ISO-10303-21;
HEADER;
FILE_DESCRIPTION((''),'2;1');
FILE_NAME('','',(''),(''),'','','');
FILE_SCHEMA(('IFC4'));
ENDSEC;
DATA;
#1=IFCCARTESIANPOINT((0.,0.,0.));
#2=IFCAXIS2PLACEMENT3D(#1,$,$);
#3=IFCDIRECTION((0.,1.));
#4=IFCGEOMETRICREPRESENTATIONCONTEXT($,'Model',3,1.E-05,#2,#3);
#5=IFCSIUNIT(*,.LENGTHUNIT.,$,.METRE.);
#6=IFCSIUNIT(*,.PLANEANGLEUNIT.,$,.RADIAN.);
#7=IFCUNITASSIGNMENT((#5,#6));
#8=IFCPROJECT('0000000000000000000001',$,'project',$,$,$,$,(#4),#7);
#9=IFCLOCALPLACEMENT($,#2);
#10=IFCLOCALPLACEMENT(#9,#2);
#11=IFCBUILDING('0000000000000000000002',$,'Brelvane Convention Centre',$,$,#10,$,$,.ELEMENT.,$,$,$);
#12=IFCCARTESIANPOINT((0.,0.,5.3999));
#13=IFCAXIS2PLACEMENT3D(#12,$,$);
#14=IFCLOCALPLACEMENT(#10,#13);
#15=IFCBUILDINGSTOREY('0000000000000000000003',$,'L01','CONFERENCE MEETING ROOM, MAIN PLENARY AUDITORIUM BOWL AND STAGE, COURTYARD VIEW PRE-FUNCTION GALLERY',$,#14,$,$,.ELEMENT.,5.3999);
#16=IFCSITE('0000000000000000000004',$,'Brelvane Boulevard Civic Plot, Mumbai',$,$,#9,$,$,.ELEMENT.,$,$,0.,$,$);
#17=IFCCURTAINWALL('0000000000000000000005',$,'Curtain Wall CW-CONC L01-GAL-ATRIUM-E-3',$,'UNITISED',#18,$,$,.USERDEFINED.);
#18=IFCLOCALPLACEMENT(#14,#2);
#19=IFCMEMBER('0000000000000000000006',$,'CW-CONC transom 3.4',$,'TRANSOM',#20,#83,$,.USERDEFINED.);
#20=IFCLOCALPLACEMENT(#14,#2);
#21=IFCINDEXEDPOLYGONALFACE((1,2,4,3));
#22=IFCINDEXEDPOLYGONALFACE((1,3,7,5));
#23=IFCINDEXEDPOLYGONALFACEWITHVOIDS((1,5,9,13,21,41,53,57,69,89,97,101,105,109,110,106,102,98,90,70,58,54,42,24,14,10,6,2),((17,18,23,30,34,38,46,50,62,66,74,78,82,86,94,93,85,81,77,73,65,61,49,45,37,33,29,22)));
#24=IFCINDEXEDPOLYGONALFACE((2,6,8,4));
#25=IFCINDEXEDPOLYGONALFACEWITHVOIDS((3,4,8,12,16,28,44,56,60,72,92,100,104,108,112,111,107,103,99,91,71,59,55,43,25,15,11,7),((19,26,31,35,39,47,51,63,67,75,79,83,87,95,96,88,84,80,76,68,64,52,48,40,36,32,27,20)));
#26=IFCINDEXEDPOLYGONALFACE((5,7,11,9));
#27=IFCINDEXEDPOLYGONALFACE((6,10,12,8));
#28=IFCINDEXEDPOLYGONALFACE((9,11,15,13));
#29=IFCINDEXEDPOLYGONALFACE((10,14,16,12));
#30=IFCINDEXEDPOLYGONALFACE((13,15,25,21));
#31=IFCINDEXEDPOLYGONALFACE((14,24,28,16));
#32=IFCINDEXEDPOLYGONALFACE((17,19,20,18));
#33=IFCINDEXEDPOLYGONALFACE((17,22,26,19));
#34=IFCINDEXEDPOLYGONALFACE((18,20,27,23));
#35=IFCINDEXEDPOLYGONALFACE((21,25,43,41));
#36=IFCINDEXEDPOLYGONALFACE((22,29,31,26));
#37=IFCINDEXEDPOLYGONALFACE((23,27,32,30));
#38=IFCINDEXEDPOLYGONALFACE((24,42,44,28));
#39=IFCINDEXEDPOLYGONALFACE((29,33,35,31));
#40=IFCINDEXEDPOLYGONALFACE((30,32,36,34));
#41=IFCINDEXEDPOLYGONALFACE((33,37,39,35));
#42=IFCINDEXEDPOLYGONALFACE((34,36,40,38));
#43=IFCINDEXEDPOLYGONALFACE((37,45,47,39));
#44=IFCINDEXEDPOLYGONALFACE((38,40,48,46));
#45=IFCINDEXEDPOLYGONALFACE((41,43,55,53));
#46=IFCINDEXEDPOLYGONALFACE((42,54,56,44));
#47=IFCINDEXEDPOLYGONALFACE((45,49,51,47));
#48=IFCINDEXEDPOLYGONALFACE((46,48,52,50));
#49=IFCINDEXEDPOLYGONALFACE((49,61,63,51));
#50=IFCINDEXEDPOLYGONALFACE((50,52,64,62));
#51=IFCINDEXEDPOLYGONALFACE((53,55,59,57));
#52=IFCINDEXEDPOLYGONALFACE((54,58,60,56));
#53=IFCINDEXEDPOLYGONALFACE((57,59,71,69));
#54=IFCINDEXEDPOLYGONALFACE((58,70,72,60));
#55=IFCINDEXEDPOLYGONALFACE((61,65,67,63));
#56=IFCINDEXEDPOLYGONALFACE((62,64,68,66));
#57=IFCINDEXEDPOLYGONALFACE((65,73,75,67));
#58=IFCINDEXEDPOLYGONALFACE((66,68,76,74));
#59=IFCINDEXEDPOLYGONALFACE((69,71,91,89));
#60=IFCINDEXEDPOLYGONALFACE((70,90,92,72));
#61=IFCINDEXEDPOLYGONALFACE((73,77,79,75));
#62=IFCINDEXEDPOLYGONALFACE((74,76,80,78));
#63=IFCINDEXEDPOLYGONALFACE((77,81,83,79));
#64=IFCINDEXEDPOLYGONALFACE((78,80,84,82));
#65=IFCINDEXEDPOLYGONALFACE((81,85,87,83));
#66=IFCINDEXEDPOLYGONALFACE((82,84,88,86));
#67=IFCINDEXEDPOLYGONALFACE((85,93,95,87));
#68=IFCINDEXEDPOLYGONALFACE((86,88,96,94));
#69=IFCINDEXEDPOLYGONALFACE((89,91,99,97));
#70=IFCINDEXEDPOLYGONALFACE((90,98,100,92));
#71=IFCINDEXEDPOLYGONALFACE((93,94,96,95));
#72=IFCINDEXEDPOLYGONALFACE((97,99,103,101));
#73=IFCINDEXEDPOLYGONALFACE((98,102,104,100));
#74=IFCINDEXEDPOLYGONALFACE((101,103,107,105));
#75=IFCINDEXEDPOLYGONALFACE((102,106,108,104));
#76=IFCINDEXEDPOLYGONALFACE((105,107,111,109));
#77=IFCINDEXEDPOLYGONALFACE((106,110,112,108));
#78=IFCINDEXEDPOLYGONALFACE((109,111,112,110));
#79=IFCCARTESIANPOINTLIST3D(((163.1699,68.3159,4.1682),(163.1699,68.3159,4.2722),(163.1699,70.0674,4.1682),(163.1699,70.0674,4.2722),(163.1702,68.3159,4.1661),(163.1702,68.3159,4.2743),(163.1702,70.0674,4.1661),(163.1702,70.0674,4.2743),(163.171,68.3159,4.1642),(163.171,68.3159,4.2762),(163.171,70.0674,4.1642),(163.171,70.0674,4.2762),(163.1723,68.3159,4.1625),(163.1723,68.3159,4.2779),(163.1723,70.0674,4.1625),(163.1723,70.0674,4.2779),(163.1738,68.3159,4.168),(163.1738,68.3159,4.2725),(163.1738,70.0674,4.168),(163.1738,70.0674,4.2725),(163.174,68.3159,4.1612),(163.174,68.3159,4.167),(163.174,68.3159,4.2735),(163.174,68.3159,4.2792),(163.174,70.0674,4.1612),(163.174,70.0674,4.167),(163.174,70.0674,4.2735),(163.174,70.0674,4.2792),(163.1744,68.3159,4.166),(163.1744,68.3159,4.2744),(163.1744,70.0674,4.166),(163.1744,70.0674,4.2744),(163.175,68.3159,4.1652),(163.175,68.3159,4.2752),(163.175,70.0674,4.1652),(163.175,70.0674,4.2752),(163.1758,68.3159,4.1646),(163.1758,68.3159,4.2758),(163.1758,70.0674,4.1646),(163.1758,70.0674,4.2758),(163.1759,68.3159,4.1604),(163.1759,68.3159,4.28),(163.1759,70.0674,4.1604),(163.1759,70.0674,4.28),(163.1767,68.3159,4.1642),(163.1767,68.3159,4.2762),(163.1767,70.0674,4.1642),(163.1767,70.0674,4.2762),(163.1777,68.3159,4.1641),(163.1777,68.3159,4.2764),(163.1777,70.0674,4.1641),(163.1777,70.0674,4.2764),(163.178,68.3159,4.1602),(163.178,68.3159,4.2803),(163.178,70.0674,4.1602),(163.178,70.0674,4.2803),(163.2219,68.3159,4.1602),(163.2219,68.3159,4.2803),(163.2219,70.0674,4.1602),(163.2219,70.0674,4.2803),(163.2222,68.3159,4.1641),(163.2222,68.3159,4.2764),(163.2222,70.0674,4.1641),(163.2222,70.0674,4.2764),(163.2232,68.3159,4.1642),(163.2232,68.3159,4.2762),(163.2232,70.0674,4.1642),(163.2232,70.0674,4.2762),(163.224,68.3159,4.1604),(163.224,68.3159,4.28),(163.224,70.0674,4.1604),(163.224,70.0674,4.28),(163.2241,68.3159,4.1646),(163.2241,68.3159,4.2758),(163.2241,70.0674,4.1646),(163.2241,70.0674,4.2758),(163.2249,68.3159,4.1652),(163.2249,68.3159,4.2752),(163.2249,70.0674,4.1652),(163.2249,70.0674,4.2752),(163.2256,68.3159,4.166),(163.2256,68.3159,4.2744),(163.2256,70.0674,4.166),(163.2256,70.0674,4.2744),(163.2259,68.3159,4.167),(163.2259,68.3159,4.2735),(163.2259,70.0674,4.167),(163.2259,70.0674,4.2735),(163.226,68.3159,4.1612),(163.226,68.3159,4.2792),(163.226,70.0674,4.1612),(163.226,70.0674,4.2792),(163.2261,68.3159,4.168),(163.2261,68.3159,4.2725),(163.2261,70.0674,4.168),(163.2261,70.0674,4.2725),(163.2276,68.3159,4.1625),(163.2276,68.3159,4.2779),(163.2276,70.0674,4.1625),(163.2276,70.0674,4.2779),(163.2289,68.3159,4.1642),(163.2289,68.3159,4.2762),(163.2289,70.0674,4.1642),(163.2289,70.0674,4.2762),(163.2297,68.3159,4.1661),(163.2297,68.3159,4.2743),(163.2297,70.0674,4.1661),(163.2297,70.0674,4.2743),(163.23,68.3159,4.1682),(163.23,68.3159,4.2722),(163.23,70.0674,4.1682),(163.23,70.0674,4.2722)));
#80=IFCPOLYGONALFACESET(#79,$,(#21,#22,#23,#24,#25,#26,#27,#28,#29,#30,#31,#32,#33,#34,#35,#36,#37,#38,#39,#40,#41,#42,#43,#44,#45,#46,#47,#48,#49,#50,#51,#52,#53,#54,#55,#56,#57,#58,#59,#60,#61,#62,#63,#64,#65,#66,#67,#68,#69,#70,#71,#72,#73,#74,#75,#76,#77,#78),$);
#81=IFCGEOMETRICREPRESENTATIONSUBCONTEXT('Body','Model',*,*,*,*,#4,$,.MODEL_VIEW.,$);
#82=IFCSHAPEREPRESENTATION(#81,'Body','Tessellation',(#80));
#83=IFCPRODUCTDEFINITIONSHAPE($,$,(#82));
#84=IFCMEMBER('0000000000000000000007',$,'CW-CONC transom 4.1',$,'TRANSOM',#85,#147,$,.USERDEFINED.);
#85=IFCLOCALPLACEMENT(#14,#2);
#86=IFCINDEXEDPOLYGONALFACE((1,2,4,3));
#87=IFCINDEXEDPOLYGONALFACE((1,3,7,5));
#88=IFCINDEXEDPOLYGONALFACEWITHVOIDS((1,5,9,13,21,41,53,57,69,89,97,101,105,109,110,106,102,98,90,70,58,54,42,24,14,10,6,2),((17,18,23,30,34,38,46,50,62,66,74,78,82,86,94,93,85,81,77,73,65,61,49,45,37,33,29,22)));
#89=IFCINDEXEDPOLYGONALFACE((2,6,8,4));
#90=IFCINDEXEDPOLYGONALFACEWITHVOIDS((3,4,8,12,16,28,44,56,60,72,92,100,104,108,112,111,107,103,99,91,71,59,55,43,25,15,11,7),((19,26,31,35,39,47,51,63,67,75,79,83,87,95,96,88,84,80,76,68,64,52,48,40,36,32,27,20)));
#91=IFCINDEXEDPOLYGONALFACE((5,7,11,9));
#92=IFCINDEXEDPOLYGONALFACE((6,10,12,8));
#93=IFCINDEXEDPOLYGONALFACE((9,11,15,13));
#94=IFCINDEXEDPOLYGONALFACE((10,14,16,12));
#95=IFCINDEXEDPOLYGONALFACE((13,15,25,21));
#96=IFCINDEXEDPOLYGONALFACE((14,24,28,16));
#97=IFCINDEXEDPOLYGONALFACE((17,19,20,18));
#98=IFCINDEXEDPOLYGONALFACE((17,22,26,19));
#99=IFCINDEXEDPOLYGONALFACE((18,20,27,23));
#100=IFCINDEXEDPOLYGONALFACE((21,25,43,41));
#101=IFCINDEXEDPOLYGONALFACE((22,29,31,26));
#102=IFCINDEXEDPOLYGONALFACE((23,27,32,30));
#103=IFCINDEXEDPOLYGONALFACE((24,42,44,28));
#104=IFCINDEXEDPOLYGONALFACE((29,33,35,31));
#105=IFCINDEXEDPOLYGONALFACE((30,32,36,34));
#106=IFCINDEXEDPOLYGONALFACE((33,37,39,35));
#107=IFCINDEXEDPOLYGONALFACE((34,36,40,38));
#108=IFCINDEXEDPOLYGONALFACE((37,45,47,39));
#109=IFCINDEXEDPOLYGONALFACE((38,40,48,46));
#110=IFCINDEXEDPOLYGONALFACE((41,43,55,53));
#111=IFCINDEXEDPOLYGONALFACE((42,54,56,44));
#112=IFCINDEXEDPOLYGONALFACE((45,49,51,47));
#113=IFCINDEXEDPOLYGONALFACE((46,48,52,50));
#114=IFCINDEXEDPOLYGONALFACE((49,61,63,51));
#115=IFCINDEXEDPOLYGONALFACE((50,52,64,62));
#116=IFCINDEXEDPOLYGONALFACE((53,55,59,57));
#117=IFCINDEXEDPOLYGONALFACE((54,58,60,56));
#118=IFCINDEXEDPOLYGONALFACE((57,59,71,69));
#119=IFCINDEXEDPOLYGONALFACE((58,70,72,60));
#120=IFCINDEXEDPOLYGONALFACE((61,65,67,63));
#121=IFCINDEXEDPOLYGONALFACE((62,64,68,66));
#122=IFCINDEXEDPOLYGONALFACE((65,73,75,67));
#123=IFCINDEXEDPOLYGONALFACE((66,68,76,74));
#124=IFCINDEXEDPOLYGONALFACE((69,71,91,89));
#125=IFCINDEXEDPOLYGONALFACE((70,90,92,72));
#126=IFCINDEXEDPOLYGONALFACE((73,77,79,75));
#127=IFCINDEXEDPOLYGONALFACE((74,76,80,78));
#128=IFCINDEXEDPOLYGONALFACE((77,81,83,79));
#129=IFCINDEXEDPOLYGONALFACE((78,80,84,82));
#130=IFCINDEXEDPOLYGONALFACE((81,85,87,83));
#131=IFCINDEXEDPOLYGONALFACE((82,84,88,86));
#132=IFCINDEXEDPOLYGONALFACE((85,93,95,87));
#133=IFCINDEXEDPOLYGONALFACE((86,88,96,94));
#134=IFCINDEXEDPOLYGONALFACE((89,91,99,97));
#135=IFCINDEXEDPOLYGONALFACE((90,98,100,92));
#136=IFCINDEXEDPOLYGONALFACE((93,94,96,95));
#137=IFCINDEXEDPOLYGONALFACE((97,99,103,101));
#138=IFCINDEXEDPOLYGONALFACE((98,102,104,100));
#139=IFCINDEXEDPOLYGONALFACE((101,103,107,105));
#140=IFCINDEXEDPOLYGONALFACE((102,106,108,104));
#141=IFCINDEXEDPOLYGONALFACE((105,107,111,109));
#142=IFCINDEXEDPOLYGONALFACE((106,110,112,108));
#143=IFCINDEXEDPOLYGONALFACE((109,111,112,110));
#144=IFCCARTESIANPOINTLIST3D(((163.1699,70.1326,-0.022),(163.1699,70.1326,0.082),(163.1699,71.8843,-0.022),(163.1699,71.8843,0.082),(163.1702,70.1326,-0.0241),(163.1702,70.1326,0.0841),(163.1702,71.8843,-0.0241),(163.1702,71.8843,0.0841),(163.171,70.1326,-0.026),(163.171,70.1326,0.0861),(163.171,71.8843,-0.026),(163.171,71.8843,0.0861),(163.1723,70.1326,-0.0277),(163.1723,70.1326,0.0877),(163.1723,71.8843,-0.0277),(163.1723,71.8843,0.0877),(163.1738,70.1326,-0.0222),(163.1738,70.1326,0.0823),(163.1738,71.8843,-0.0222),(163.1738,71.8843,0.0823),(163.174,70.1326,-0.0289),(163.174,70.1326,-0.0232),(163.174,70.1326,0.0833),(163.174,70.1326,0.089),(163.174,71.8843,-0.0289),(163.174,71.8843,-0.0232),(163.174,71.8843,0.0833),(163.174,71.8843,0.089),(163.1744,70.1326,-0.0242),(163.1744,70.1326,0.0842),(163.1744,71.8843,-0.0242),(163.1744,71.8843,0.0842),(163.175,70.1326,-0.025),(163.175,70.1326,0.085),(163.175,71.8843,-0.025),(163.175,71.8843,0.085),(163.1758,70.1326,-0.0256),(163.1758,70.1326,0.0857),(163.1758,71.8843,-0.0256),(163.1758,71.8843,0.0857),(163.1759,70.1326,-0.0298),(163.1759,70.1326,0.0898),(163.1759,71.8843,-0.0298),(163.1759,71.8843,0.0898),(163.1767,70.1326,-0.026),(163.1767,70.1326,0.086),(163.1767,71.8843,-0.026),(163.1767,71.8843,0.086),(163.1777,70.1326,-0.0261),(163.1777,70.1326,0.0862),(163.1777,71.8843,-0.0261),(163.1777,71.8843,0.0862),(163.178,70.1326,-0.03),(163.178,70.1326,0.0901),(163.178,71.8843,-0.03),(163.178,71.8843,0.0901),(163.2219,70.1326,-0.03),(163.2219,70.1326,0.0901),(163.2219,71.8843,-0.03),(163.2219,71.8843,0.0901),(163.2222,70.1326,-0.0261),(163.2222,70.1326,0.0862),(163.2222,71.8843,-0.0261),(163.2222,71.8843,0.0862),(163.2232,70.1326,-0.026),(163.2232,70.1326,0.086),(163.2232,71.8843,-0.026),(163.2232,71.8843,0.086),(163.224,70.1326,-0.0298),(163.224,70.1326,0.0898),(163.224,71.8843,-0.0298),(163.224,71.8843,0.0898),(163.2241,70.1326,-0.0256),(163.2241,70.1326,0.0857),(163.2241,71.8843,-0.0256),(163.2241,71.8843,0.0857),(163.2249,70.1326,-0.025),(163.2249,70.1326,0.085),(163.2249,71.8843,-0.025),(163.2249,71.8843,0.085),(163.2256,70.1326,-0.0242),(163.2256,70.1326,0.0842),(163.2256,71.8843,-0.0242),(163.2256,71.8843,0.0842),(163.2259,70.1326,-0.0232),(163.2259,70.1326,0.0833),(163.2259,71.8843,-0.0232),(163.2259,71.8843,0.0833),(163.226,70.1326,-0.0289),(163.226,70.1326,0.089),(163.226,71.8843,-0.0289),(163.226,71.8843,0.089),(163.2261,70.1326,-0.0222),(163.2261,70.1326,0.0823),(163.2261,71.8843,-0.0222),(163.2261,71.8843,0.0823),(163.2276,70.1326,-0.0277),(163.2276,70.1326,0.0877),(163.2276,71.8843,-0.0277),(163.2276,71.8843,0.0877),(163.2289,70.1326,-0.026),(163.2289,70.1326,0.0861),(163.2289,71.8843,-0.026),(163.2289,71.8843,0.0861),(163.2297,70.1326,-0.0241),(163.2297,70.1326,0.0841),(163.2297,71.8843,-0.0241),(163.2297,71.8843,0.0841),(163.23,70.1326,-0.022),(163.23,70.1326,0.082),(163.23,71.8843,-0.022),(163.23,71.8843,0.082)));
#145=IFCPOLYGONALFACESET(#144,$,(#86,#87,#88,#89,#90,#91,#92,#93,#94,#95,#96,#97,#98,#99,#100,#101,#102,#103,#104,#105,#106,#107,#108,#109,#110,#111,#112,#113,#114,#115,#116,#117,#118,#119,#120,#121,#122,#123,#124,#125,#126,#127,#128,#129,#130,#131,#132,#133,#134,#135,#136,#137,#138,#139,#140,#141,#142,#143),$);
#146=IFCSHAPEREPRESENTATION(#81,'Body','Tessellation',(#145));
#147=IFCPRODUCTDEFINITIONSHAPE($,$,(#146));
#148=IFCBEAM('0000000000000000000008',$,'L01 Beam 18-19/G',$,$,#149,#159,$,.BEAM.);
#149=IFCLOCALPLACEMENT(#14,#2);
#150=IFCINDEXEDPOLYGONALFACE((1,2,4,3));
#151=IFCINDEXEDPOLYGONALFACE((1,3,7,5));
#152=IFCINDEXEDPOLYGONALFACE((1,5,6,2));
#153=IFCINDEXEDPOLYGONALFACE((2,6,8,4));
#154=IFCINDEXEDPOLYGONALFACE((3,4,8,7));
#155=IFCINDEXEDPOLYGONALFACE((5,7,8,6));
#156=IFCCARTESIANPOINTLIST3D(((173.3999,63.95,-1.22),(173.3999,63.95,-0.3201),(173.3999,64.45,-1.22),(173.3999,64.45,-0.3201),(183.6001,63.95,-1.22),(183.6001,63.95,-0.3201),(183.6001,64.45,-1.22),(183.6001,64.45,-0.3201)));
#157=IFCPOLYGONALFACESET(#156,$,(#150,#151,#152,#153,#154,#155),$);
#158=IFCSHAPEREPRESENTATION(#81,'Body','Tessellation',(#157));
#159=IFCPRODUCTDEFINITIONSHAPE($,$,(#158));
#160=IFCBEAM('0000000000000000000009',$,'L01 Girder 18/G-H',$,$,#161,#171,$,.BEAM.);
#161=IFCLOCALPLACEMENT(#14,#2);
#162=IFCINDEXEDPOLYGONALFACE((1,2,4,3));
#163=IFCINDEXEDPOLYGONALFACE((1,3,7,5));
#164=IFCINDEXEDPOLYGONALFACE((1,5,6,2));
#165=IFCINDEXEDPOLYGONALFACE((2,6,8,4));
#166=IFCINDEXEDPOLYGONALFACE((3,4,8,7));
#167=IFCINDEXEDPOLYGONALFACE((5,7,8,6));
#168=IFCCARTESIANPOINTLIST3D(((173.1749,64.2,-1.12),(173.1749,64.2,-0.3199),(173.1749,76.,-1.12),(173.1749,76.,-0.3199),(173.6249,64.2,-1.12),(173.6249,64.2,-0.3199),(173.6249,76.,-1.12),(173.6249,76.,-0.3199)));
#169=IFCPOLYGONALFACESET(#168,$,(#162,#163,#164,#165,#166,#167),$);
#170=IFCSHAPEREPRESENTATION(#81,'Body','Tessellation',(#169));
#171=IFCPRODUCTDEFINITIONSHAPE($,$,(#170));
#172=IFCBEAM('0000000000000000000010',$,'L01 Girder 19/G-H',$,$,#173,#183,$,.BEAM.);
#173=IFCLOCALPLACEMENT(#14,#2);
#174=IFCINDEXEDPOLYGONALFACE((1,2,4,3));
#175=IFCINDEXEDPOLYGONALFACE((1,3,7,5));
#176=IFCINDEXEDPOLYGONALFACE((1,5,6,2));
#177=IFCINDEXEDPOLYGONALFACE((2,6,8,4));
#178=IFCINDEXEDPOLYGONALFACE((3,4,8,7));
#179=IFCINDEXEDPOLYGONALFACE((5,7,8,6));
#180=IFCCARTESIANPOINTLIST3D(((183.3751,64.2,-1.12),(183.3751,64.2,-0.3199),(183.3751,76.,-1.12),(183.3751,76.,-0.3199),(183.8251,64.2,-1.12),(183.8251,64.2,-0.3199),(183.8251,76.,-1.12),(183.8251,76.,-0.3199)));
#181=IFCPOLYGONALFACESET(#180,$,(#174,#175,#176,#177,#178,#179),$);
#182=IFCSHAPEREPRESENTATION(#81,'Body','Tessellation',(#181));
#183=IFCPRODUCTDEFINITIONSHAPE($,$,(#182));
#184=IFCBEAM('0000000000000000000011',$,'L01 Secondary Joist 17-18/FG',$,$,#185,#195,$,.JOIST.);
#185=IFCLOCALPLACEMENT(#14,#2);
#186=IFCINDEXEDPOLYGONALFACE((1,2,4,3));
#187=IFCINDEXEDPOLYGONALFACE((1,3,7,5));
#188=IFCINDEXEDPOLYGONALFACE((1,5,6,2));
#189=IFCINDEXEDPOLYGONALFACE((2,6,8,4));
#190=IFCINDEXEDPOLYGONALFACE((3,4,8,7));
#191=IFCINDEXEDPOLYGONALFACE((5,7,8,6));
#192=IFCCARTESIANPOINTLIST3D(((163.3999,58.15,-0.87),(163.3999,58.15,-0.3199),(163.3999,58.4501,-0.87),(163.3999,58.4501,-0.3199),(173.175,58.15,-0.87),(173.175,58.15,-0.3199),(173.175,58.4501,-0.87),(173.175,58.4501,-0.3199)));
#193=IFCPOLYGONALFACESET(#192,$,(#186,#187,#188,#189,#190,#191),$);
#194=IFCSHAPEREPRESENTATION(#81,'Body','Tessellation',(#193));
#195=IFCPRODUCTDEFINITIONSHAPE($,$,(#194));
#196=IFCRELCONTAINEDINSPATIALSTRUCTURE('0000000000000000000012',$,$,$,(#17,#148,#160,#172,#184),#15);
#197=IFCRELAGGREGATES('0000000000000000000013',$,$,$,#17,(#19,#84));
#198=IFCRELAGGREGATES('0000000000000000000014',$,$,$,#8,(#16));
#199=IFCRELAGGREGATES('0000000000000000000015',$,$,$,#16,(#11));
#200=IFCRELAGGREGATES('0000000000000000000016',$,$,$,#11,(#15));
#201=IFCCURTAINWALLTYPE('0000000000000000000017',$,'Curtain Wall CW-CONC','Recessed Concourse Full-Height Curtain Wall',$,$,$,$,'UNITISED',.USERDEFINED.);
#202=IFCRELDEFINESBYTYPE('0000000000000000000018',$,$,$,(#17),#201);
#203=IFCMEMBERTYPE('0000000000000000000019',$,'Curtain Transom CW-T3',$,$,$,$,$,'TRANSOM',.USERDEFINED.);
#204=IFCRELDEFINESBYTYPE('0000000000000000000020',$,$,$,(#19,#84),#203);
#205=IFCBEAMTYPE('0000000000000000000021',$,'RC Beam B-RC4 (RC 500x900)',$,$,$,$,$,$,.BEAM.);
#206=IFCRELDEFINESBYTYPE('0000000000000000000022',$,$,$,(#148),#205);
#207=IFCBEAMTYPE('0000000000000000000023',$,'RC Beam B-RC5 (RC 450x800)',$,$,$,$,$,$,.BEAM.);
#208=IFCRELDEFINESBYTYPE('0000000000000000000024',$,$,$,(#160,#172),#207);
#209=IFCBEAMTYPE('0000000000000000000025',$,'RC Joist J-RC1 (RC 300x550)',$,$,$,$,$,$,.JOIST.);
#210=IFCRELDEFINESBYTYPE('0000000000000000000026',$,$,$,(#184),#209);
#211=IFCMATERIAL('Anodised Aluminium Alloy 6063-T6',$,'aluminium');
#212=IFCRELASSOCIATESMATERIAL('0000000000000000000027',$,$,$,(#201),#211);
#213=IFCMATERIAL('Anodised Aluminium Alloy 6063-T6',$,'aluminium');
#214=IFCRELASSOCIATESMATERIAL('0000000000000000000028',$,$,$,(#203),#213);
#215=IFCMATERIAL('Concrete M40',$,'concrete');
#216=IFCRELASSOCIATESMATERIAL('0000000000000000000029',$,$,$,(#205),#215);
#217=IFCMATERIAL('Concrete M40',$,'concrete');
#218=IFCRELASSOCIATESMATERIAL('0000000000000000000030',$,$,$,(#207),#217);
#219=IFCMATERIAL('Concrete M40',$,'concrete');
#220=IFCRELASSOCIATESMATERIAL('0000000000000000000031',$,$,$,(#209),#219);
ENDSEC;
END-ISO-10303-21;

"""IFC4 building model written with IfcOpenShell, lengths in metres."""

from ifc_helpers import new_model, si_unit, direction, frame, origin, origin_2d, place, context, subcontext, project, spatial, rectangle, hollow_rectangle, extrude, material, material_profile, profile_set, type_object, element, aggregate, save


model = new_model("IFC4")

# Units and contexts
model_context = context("Model", 3, precision=1e-05, world=origin(), true_north=direction((0.0, 1.0)))
body_context = subcontext(model_context, "Body", "Model", "MODEL_VIEW")
ifc_project = project(units=[si_unit("LENGTHUNIT", "METRE"), si_unit("PLANEANGLEUNIT", "RADIAN")], contexts=[model_context])

# Site, building, storey
site_placement = place(None, origin())
site = spatial("IfcSite", under=ifc_project, at=site_placement, Name="Brelvane Boulevard Civic Plot, Mumbai", CompositionType="ELEMENT", RefElevation=0.0)
building_placement = place(site_placement, origin())
building = spatial("IfcBuilding", under=site, at=building_placement, Name="Brelvane Convention Centre", CompositionType="ELEMENT")
storey_placement = place(building_placement, frame((0.0, 0.0, 5.3999)))
storey = spatial("IfcBuildingStorey", under=building, at=storey_placement, Name="L01", Description="CONFERENCE MEETING ROOM, MAIN PLENARY AUDITORIUM BOWL AND STAGE, COURTYARD VIEW PRE-FUNCTION GALLERY", CompositionType="ELEMENT", Elevation=5.3999)

# Curtain wall, members
ifc_material_1 = material(Name="Anodised Aluminium Alloy 6063-T6", Category="aluminium")
curtain_wall_type = type_object("IfcCurtainWallType", Name="Curtain Wall CW-CONC", Description="Recessed Concourse Full-Height Curtain Wall", ElementType="UNITISED", PredefinedType="USERDEFINED", material=ifc_material_1)
curtain_wall_placement = place(storey_placement, origin())
curtain_wall = element("IfcCurtainWall", 1, at=curtain_wall_placement, inside=storey, type_object=curtain_wall_type, Name="Curtain Wall CW-CONC L01-GAL-ATRIUM-E-3", ObjectType="UNITISED", PredefinedType="USERDEFINED")
ifc_material_2 = material(Name="Anodised Aluminium Alloy 6063-T6", Category="aluminium")
ifc_material_profile_1 = material_profile(ifc_material_2, hollow_rectangle(XDim=0.0601, YDim=0.1201, WallThickness=0.0039, InnerFilletRadius=0.0039, OuterFilletRadius=0.0081, at=origin_2d()), Name="ALU-T 120x60x4.0")
ifc_profile_set_1 = profile_set([ifc_material_profile_1], Name="Anodised Aluminium Alloy 6063-T6")
member_type_1 = type_object("IfcMemberType", Name="Curtain Transom CW-T3", ElementType="TRANSOM", PredefinedType="USERDEFINED", material=ifc_profile_set_1)
member_1_placement = place(storey_placement, frame((163.2, 68.3159, 4.2202), z_axis=(0.0, 1.0, 0.0), x_axis=(-1.0, 0.0, 0.0)))
member_1 = element("IfcMember", 2, at=member_1_placement, type_object=member_type_1, Name="CW-CONC transom 3.4", ObjectType="TRANSOM", PredefinedType="USERDEFINED", context=body_context, shape_type="SweptSolid", body=[
    extrude(hollow_rectangle(XDim=0.0601, YDim=0.1201, WallThickness=0.0039, InnerFilletRadius=0.0039, OuterFilletRadius=0.0081, at=origin_2d()), origin(), (0.0, 0.0, 1.0), 1.7515),
])
member_2_placement = place(storey_placement, frame((163.2, 70.1326, 0.03), z_axis=(0.0, 1.0, 0.0), x_axis=(-1.0, 0.0, 0.0)))
member_2 = element("IfcMember", 3, at=member_2_placement, type_object=member_type_1, Name="CW-CONC transom 4.1", ObjectType="TRANSOM", PredefinedType="USERDEFINED", context=body_context, shape_type="SweptSolid", body=[
    extrude(hollow_rectangle(XDim=0.0601, YDim=0.1201, WallThickness=0.0039, InnerFilletRadius=0.0039, OuterFilletRadius=0.0081, at=origin_2d()), origin(), (0.0, 0.0, 1.0), 1.7517),
])

# Beams
ifc_material_3 = material(Name="Concrete M40", Category="concrete")
ifc_material_profile_2 = material_profile(ifc_material_3, rectangle(XDim=0.5, YDim=0.8999, at=origin_2d()), Name="RC 500x900")
ifc_profile_set_2 = profile_set([ifc_material_profile_2], Name="Concrete M40")
beam_type_1 = type_object("IfcBeamType", Name="RC Beam B-RC4 (RC 500x900)", PredefinedType="BEAM", material=ifc_profile_set_2)
beam_1_placement = place(storey_placement, frame((173.3999, 64.2, -0.77), z_axis=(1.0, 0.0, 0.0), x_axis=(0.0, 1.0, 0.0)))
element("IfcBeam", 4, at=beam_1_placement, inside=storey, type_object=beam_type_1, Name="L01 Beam 18-19/G", PredefinedType="BEAM", context=body_context, shape_type="SweptSolid", body=[
    extrude(rectangle(XDim=0.5, YDim=0.8999, at=origin_2d()), origin(), (0.0, 0.0, 1.0), 10.2002),
])
ifc_material_4 = material(Name="Concrete M40", Category="concrete")
ifc_material_profile_3 = material_profile(ifc_material_4, rectangle(XDim=0.45, YDim=0.8, at=origin_2d()), Name="RC 450x800")
ifc_profile_set_3 = profile_set([ifc_material_profile_3], Name="Concrete M40")
beam_type_2 = type_object("IfcBeamType", Name="RC Beam B-RC5 (RC 450x800)", PredefinedType="BEAM", material=ifc_profile_set_3)
for number, where, z_axis, x_axis, name in (
    (5, (173.3999, 64.2, -0.72), (0.0, 1.0, 0.0), (-1.0, 0.0, 0.0), "L01 Girder 18/G-H"),
    (6, (183.6001, 64.2, -0.72), (0.0, 1.0, 0.0), (-1.0, 0.0, 0.0), "L01 Girder 19/G-H"),
):
    element("IfcBeam", number, at=place(storey_placement, frame(where, z_axis=z_axis, x_axis=x_axis)), inside=storey, type_object=beam_type_2, Name=name, PredefinedType="BEAM", context=body_context, shape_type="SweptSolid", body=[
        extrude(rectangle(XDim=0.45, YDim=0.8, at=origin_2d()), origin(), (0.0, 0.0, 1.0), 11.8),
    ])
ifc_material_5 = material(Name="Concrete M40", Category="concrete")
ifc_material_profile_4 = material_profile(ifc_material_5, rectangle(XDim=0.3, YDim=0.55, at=origin_2d()), Name="RC 300x550")
ifc_profile_set_4 = profile_set([ifc_material_profile_4], Name="Concrete M40")
beam_type_3 = type_object("IfcBeamType", Name="RC Joist J-RC1 (RC 300x550)", PredefinedType="JOIST", material=ifc_profile_set_4)
for number, where, z_axis, x_axis, name in (
    (7, (163.3999, 58.3, -0.595), (1.0, 0.0, 0.0), (0.0, 1.0, 0.0), "L01 Secondary Joist 17-18/FG"),
):
    element("IfcBeam", number, at=place(storey_placement, frame(where, z_axis=z_axis, x_axis=x_axis)), inside=storey, type_object=beam_type_3, Name=name, PredefinedType="JOIST", context=body_context, shape_type="SweptSolid", body=[
        extrude(rectangle(XDim=0.3, YDim=0.55, at=origin_2d()), origin(), (0.0, 0.0, 1.0), 9.7751),
    ])

aggregate(curtain_wall, [member_1, member_2])

save(model, "model.ifc")
